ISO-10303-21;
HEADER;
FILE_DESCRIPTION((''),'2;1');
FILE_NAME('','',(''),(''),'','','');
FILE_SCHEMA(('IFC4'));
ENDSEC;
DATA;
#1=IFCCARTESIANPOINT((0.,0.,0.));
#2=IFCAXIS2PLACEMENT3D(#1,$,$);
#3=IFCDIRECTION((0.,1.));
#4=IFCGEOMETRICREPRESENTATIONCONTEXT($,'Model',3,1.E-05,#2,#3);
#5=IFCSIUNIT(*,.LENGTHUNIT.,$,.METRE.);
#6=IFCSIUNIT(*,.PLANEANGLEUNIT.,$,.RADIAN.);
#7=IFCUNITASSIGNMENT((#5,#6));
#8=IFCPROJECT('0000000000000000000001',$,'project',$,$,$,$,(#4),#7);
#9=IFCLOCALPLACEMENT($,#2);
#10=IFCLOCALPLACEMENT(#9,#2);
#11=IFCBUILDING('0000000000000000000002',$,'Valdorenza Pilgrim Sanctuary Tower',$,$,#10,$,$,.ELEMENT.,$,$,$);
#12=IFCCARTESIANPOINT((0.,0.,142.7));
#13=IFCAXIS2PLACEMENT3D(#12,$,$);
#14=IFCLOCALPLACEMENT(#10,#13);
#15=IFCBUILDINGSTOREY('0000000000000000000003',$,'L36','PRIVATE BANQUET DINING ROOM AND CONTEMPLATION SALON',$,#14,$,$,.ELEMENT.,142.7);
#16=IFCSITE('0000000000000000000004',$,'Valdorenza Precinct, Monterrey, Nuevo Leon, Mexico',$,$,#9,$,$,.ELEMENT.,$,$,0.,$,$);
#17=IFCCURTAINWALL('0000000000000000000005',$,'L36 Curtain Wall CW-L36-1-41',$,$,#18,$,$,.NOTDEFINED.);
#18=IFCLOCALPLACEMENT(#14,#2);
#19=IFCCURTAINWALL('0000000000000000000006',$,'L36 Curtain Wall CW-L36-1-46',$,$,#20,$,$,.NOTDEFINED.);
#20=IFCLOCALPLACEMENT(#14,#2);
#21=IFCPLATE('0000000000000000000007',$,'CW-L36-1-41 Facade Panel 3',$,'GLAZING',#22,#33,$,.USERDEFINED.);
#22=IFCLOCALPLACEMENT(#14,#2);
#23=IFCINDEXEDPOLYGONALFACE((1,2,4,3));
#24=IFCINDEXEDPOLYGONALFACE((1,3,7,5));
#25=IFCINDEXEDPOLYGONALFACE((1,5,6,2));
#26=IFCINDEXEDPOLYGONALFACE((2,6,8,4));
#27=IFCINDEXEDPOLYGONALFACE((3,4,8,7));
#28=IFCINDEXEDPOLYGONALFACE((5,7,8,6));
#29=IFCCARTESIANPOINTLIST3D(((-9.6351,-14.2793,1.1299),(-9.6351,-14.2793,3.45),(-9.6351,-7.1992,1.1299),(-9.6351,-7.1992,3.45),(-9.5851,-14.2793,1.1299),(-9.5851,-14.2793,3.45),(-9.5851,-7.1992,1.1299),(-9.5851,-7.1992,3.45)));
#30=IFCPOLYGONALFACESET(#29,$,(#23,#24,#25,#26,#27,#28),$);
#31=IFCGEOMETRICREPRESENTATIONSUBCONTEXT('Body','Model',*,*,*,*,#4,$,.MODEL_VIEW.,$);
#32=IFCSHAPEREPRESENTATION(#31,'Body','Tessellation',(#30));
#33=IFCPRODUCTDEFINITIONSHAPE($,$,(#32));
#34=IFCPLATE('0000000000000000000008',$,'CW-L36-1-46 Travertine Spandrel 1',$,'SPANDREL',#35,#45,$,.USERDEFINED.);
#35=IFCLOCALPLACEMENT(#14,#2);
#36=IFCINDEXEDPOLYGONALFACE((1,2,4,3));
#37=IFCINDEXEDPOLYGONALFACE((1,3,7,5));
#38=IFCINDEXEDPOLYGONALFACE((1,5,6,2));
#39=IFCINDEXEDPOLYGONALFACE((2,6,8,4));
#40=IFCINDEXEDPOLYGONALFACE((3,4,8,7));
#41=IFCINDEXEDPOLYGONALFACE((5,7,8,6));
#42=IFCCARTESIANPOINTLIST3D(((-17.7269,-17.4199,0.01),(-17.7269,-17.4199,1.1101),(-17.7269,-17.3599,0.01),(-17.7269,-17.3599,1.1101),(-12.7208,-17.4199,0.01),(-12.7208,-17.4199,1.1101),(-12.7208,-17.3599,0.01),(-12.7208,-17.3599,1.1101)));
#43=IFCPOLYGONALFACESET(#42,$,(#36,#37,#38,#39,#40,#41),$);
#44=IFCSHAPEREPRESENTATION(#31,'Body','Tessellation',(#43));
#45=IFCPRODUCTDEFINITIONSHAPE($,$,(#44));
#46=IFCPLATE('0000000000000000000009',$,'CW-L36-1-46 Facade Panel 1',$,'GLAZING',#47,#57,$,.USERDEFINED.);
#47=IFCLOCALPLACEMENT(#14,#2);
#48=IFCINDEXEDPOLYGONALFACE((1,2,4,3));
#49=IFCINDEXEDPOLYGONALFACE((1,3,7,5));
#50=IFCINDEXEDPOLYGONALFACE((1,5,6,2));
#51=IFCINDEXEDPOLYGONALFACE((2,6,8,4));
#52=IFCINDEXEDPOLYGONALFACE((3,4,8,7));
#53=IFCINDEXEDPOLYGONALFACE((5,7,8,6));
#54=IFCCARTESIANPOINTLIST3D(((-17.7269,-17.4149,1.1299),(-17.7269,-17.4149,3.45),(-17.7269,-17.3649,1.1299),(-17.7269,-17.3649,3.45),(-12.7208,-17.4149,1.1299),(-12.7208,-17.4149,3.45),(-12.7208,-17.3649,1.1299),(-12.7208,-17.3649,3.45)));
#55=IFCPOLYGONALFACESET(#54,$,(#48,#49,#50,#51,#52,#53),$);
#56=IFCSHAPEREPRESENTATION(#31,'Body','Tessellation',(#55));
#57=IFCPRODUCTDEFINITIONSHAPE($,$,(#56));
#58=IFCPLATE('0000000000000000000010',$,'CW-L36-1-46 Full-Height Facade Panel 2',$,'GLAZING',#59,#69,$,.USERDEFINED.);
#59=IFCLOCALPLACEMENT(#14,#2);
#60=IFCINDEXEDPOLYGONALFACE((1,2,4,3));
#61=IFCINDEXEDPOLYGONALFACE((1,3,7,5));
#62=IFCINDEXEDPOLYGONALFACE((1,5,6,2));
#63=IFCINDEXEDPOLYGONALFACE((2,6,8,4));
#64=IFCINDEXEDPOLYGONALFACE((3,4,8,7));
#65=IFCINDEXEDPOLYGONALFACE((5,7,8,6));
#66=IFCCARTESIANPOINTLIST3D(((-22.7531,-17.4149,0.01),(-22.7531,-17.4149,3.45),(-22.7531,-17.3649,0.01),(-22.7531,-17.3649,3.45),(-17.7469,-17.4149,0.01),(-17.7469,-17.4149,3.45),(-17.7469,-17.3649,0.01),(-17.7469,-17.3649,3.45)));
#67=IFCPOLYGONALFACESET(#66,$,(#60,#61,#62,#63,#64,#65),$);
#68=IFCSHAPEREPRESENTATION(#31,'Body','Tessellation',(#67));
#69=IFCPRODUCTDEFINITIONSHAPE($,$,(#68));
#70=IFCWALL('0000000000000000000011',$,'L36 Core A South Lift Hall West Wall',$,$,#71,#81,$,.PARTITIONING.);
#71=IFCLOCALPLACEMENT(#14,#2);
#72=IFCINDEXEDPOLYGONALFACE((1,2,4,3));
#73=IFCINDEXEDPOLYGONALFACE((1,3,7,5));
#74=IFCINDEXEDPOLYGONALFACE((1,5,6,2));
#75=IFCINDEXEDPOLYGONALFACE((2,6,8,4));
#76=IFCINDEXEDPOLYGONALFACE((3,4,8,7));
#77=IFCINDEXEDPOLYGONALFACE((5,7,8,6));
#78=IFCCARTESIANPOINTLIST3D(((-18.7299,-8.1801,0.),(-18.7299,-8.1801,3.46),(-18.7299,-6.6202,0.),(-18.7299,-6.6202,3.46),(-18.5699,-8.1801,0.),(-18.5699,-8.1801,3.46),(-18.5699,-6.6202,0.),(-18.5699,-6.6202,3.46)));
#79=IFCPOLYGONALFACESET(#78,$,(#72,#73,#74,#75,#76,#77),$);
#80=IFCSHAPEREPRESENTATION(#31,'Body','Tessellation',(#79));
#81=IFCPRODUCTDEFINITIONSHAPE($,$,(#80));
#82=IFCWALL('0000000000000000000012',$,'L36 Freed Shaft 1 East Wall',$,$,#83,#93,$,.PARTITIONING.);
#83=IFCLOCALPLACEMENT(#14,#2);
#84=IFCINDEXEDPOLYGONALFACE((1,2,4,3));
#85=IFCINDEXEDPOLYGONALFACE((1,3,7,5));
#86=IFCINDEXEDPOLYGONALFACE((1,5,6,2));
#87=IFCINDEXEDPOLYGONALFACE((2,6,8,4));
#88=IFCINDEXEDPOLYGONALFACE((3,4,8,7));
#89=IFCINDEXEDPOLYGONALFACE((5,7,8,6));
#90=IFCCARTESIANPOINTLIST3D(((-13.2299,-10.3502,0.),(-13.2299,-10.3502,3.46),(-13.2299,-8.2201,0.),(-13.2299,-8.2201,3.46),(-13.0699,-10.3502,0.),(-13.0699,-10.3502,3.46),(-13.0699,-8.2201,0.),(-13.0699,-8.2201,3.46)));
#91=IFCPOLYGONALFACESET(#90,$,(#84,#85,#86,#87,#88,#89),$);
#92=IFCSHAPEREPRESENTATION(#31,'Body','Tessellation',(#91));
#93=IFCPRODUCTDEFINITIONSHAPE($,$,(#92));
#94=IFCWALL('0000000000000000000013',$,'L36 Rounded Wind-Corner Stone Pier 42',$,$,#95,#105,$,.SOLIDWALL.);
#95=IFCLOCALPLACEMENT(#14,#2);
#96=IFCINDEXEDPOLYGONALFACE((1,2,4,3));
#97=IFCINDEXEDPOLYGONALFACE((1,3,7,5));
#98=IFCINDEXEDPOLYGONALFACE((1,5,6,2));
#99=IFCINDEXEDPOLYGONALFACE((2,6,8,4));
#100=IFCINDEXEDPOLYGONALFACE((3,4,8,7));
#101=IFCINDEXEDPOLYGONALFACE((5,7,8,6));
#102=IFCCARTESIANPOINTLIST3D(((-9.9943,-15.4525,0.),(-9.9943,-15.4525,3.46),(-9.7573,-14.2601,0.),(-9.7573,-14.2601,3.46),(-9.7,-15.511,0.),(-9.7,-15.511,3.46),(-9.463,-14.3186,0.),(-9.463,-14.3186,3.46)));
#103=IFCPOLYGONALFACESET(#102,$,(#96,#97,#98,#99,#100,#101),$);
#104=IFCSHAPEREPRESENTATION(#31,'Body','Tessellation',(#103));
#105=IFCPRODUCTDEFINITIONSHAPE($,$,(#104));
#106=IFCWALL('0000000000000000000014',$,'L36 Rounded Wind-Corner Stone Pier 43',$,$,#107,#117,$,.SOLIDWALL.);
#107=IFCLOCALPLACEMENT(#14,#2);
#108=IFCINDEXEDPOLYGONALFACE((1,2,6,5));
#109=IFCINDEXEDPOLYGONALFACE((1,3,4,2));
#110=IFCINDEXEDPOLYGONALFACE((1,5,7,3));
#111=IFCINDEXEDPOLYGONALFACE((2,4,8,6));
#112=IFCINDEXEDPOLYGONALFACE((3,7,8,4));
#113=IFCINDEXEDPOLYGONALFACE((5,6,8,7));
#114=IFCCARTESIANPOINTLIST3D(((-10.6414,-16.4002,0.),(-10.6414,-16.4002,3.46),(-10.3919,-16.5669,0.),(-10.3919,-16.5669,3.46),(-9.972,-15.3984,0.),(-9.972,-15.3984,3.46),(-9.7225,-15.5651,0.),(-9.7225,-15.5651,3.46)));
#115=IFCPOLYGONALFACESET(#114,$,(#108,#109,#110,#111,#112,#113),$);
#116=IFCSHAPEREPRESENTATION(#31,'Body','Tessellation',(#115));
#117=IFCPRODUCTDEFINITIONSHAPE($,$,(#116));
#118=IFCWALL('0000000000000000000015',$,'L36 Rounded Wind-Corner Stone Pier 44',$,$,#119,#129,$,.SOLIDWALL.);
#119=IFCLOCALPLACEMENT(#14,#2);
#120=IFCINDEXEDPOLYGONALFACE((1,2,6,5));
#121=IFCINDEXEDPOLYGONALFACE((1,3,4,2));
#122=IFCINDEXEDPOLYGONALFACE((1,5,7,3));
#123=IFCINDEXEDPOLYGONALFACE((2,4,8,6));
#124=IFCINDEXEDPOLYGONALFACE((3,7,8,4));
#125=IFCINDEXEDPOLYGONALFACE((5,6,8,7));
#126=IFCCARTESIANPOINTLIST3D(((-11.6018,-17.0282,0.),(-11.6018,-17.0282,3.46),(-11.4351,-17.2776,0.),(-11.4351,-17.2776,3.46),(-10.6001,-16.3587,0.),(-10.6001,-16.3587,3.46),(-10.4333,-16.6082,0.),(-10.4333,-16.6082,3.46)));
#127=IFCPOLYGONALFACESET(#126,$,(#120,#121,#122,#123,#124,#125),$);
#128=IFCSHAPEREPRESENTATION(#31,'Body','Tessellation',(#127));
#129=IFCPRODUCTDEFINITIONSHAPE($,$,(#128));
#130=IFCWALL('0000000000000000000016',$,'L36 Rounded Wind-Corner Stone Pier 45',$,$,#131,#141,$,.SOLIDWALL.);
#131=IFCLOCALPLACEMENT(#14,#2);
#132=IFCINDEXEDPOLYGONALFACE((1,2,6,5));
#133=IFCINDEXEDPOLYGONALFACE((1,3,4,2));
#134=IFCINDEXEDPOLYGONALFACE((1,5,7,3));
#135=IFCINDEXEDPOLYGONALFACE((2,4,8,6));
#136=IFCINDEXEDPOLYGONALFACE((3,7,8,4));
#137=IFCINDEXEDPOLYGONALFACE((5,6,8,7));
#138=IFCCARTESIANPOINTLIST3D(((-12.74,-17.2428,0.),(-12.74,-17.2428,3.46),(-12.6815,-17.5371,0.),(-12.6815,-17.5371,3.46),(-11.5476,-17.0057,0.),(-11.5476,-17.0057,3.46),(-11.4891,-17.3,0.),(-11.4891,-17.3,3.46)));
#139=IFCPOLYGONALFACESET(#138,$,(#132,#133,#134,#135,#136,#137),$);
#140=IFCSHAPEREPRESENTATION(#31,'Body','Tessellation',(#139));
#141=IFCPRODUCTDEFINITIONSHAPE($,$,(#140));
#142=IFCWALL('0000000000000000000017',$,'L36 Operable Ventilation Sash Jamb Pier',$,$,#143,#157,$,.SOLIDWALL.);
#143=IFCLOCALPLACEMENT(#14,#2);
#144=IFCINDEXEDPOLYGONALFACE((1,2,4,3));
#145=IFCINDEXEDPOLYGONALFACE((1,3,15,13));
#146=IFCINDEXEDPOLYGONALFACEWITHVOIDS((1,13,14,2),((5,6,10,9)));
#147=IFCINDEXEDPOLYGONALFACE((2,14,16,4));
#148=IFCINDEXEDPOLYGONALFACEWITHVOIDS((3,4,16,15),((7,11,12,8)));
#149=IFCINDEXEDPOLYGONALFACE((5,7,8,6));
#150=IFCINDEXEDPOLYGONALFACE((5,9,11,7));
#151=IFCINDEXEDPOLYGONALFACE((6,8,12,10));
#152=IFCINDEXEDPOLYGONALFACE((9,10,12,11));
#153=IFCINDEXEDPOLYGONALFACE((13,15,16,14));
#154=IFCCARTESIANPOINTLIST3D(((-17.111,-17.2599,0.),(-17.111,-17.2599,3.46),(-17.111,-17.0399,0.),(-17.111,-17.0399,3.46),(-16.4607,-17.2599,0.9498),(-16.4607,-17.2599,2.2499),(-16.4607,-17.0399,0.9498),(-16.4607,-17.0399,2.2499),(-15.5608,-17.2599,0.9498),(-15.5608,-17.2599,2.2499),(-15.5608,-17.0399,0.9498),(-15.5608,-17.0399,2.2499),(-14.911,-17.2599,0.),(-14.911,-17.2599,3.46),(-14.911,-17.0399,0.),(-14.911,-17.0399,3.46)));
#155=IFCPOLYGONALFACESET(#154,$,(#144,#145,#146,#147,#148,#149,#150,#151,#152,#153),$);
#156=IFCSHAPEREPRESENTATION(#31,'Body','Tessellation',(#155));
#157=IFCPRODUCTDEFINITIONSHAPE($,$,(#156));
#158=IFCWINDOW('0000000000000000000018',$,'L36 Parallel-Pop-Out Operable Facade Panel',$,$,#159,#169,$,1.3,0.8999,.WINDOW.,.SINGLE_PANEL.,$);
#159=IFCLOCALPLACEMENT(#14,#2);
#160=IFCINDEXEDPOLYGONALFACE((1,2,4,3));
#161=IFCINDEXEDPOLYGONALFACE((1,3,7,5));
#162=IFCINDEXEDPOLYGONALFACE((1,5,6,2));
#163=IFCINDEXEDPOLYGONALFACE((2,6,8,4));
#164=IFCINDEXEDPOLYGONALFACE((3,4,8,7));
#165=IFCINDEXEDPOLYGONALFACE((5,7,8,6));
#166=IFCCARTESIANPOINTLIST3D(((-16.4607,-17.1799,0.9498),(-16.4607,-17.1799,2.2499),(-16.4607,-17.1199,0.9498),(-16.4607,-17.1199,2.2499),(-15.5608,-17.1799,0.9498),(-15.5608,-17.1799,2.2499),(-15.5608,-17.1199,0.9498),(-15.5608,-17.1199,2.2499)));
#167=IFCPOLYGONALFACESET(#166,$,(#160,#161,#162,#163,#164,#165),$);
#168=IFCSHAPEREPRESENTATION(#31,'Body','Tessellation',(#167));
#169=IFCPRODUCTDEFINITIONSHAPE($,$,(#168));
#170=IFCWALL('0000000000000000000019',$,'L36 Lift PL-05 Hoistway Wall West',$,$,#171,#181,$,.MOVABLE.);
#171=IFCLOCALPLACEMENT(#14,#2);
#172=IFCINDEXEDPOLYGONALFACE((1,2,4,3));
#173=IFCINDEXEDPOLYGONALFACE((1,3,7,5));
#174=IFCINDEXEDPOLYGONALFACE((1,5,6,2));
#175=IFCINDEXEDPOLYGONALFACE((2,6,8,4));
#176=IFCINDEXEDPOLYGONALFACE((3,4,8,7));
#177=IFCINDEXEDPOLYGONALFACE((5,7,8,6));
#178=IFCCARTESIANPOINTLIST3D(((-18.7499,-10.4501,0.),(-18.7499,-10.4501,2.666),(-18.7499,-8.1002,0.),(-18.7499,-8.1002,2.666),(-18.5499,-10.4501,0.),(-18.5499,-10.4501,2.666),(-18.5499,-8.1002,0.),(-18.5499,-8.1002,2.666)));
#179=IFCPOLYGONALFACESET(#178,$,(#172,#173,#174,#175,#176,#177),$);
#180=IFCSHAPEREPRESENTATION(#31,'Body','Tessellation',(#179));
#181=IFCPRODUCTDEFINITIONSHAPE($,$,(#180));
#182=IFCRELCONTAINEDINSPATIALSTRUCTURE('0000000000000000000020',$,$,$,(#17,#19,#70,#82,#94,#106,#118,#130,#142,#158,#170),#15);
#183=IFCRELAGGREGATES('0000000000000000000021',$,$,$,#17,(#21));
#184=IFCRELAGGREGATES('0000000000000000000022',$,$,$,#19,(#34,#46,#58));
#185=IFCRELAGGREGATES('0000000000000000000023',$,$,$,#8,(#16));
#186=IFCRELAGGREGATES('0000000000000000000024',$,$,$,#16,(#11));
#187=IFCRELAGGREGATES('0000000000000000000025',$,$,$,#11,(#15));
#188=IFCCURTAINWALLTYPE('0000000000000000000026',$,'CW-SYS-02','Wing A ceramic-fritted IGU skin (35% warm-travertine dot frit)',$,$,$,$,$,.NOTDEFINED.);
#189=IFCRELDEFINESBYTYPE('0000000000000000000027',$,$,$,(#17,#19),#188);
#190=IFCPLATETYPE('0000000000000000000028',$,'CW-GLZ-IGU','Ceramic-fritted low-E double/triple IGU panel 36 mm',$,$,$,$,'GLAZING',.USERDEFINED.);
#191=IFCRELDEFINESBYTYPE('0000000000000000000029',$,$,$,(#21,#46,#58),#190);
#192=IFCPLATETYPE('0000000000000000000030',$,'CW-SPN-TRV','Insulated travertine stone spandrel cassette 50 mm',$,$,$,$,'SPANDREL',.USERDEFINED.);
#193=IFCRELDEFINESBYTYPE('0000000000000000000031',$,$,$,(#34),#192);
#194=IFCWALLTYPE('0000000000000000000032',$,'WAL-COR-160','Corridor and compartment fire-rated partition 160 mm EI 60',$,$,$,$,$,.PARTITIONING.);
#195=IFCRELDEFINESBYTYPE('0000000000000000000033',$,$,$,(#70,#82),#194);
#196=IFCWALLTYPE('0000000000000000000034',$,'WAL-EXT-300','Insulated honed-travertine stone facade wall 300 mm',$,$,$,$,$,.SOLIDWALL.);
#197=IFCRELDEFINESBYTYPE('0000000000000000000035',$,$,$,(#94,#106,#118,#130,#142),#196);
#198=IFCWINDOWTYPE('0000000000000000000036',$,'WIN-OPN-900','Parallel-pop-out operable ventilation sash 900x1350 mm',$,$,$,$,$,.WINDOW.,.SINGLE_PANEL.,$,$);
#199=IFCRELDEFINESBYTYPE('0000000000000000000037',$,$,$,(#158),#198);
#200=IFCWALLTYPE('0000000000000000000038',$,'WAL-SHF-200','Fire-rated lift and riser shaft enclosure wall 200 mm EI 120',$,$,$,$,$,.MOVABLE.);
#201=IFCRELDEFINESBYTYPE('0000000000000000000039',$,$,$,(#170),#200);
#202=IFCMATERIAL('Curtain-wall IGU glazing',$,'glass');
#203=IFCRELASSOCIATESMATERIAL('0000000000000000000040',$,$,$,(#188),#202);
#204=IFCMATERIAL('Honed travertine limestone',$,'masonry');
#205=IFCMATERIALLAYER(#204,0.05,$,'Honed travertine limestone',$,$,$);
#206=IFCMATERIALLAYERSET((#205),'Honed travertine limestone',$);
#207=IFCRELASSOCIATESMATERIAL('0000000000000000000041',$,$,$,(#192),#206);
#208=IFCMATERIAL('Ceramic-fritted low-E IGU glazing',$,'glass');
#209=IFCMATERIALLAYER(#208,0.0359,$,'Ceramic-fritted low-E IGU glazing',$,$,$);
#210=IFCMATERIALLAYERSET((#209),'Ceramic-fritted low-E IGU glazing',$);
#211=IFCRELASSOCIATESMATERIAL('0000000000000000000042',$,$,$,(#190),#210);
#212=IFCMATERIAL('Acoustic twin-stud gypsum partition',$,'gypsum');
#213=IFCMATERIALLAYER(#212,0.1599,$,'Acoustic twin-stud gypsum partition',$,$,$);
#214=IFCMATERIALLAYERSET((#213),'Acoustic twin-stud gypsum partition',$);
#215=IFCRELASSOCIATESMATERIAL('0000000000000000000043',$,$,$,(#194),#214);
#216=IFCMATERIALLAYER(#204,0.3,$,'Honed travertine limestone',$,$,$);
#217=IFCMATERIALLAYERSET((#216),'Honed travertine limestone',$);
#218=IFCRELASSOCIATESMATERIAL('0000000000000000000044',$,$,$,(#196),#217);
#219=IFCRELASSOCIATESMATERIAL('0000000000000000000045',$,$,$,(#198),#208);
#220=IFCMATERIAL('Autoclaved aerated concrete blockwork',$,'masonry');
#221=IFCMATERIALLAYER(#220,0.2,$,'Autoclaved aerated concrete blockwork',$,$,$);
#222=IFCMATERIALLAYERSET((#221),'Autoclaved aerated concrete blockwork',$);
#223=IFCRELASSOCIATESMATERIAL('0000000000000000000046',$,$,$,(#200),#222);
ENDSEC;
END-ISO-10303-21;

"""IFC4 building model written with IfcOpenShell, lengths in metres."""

from ifc_helpers import new_model, si_unit, direction, frame, frame_2d, origin, origin_2d, place, context, subcontext, project, spatial, rectangle, extrude, source, transform, mapped, material, layer, layer_set, type_object, element, fill, aggregate, save


model = new_model("IFC4")

# Units and contexts
model_context = context("Model", 3, precision=1e-05, world=origin(), true_north=direction((0.0, 1.0)))
body_context = subcontext(model_context, "Body", "Model", "MODEL_VIEW")
ifc_project = project(units=[si_unit("LENGTHUNIT", "METRE"), si_unit("PLANEANGLEUNIT", "RADIAN")], contexts=[model_context])

# Site, building, storey
site_placement = place(None, origin())
site = spatial("IfcSite", under=ifc_project, at=site_placement, Name="Valdorenza Precinct, Monterrey, Nuevo Leon, Mexico", CompositionType="ELEMENT", RefElevation=0.0)
building_placement = place(site_placement, origin())
building = spatial("IfcBuilding", under=site, at=building_placement, Name="Valdorenza Pilgrim Sanctuary Tower", CompositionType="ELEMENT")
storey_placement = place(building_placement, frame((0.0, 0.0, 142.7)))
storey = spatial("IfcBuildingStorey", under=building, at=storey_placement, Name="L36", Description="PRIVATE BANQUET DINING ROOM AND CONTEMPLATION SALON", CompositionType="ELEMENT", Elevation=142.7)

# Curtain wall
ifc_material_1 = material(Name="Curtain-wall IGU glazing", Category="glass")
curtain_wall_type = type_object("IfcCurtainWallType", Name="CW-SYS-02", Description="Wing A ceramic-fritted IGU skin (35% warm-travertine dot frit)", PredefinedType="NOTDEFINED", material=ifc_material_1)
curtain_wall_1_placement = place(storey_placement, origin())
curtain_wall_1 = element("IfcCurtainWall", 1, at=curtain_wall_1_placement, inside=storey, type_object=curtain_wall_type, Name="L36 Curtain Wall CW-L36-1-41", PredefinedType="NOTDEFINED")

# Curtain wall
curtain_wall_2_placement = place(storey_placement, origin())
curtain_wall_2 = element("IfcCurtainWall", 2, at=curtain_wall_2_placement, inside=storey, type_object=curtain_wall_type, Name="L36 Curtain Wall CW-L36-1-46", PredefinedType="NOTDEFINED")

# Plates
ifc_material_2 = material(Name="Honed travertine limestone", Category="masonry")
ifc_layer_1 = layer(ifc_material_2, 0.05, Name="Honed travertine limestone")
ifc_layer_set_1 = layer_set([ifc_layer_1], Name="Honed travertine limestone")
plate_type_1 = type_object("IfcPlateType", Name="CW-SPN-TRV", Description="Insulated travertine stone spandrel cassette 50 mm", ElementType="SPANDREL", PredefinedType="USERDEFINED", material=ifc_layer_set_1)
ifc_material_3 = material(Name="Ceramic-fritted low-E IGU glazing", Category="glass")
ifc_layer_2 = layer(ifc_material_3, 0.0359, Name="Ceramic-fritted low-E IGU glazing")
ifc_layer_set_2 = layer_set([ifc_layer_2], Name="Ceramic-fritted low-E IGU glazing")
plate_type_2 = type_object("IfcPlateType", Name="CW-GLZ-IGU", Description="Ceramic-fritted low-E double/triple IGU panel 36 mm", ElementType="GLAZING", PredefinedType="USERDEFINED", material=ifc_layer_set_2)
shared_shape_1 = source(origin(), body_context, "Body", "SweptSolid", [
    extrude(rectangle(XDim=7.0801, YDim=0.05, at=origin_2d()), origin(), (0.0, 0.0, 1.0), 2.3201),
])
plate_1_placement = place(storey_placement, frame((-9.6101, -10.7393, 1.1299), z_axis=(0.0, 0.0, 1.0), x_axis=(0.0, -1.0, 0.0)))
plate_1 = element("IfcPlate", 3, at=plate_1_placement, type_object=plate_type_2, Name="CW-L36-1-41 Facade Panel 3", ObjectType="GLAZING", PredefinedType="USERDEFINED", context=body_context, shape_type="MappedRepresentation", body=[
    mapped(shared_shape_1, transform((0.0, 0.0, 0.0), x_axis=(1.0, 0.0, 0.0), y_axis=(0.0, 1.0, 0.0), z_axis=(0.0, 0.0, 1.0), scale=1.0)),
])
aggregate(curtain_wall_1, [plate_1])
shared_shape_2 = source(origin(), body_context, "Body", "SweptSolid", [
    extrude(rectangle(XDim=5.0061, YDim=0.0601, at=origin_2d()), origin(), (0.0, 0.0, 1.0), 1.1001),
])
plate_2_placement = place(storey_placement, frame((-15.2239, -17.3899, 0.01), z_axis=(0.0, 0.0, 1.0), x_axis=(-1.0, 0.0, 0.0)))
plate_2 = element("IfcPlate", 4, at=plate_2_placement, type_object=plate_type_1, Name="CW-L36-1-46 Travertine Spandrel 1", ObjectType="SPANDREL", PredefinedType="USERDEFINED", context=body_context, shape_type="MappedRepresentation", body=[
    mapped(shared_shape_2, transform((0.0, 0.0, 0.0), x_axis=(1.0, 0.0, 0.0), y_axis=(0.0, 1.0, 0.0), z_axis=(0.0, 0.0, 1.0), scale=1.0)),
])
shared_shape_3 = source(origin(), body_context, "Body", "SweptSolid", [
    extrude(rectangle(XDim=5.0061, YDim=0.05, at=origin_2d()), origin(), (0.0, 0.0, 1.0), 2.3201),
])
plate_3_placement = place(storey_placement, frame((-15.2239, -17.3899, 1.1299), z_axis=(0.0, 0.0, 1.0), x_axis=(-1.0, 0.0, 0.0)))
plate_3 = element("IfcPlate", 5, at=plate_3_placement, type_object=plate_type_2, Name="CW-L36-1-46 Facade Panel 1", ObjectType="GLAZING", PredefinedType="USERDEFINED", context=body_context, shape_type="MappedRepresentation", body=[
    mapped(shared_shape_3, transform((0.0, 0.0, 0.0), x_axis=(1.0, 0.0, 0.0), y_axis=(0.0, 1.0, 0.0), z_axis=(0.0, 0.0, 1.0), scale=1.0)),
])
shared_shape_4 = source(origin(), body_context, "Body", "SweptSolid", [
    extrude(rectangle(XDim=5.0061, YDim=0.05, at=origin_2d()), origin(), (0.0, 0.0, 1.0), 3.4399),
])
plate_4_placement = place(storey_placement, frame((-20.25, -17.3899, 0.01), z_axis=(0.0, 0.0, 1.0), x_axis=(-1.0, 0.0, 0.0)))
plate_4 = element("IfcPlate", 6, at=plate_4_placement, type_object=plate_type_2, Name="CW-L36-1-46 Full-Height Facade Panel 2", ObjectType="GLAZING", PredefinedType="USERDEFINED", context=body_context, shape_type="MappedRepresentation", body=[
    mapped(shared_shape_4, transform((0.0, 0.0, 0.0), x_axis=(1.0, 0.0, 0.0), y_axis=(0.0, 1.0, 0.0), z_axis=(0.0, 0.0, 1.0), scale=1.0)),
])
aggregate(curtain_wall_2, [plate_2, plate_3, plate_4])

# Wall
ifc_material_4 = material(Name="Acoustic twin-stud gypsum partition", Category="gypsum")
ifc_layer_3 = layer(ifc_material_4, 0.1599, Name="Acoustic twin-stud gypsum partition")
ifc_layer_set_3 = layer_set([ifc_layer_3], Name="Acoustic twin-stud gypsum partition")
wall_type_1 = type_object("IfcWallType", Name="WAL-COR-160", Description="Corridor and compartment fire-rated partition 160 mm EI 60", PredefinedType="PARTITIONING", material=ifc_layer_set_3)
wall_1_placement = place(storey_placement, frame((-18.6499, -8.1799, 0.0), z_axis=(0.0, 0.0, 1.0), x_axis=(0.0, 1.0, 0.0)))
element("IfcWall", 7, at=wall_1_placement, inside=storey, type_object=wall_type_1, Name="L36 Core A South Lift Hall West Wall", PredefinedType="PARTITIONING", context=body_context, shape_type="SweptSolid", body=[
    extrude(rectangle(XDim=1.5598, YDim=0.1599, at=frame_2d((0.7798, 0.0))), origin(), (0.0, 0.0, 1.0), 3.46),
])

# Walls
wall_2_placement = place(storey_placement, frame((-13.1499, -10.3501, 0.0), z_axis=(0.0, 0.0, 1.0), x_axis=(0.0, 1.0, 0.0)))
element("IfcWall", 8, at=wall_2_placement, inside=storey, type_object=wall_type_1, Name="L36 Freed Shaft 1 East Wall", PredefinedType="PARTITIONING", context=body_context, shape_type="SweptSolid", body=[
    extrude(rectangle(XDim=2.1301, YDim=0.1599, at=frame_2d((1.0649, 0.0))), origin(), (0.0, 0.0, 1.0), 3.46),
])
ifc_layer_4 = layer(ifc_material_2, 0.3, Name="Honed travertine limestone")
ifc_layer_set_4 = layer_set([ifc_layer_4], Name="Honed travertine limestone")
wall_type_2 = type_object("IfcWallType", Name="WAL-EXT-300", Description="Insulated honed-travertine stone facade wall 300 mm", PredefinedType="SOLIDWALL", material=ifc_layer_set_4)
wall_3_placement = place(storey_placement, frame((-9.6101, -14.2893, 0.0), z_axis=(0.0, 0.0, 1.0), x_axis=(-0.194996, -0.980804, 0.0)))
element("IfcWall", 9, at=wall_3_placement, inside=storey, type_object=wall_type_2, Name="L36 Rounded Wind-Corner Stone Pier 42", PredefinedType="SOLIDWALL", context=body_context, shape_type="SweptSolid", body=[
    extrude(rectangle(XDim=1.2158, YDim=0.3, at=frame_2d((0.6079, 0.0))), origin(), (0.0, 0.0, 1.0), 3.46),
])
for number, where, z_axis, x_axis, name in (
    (10, (-9.8472, -15.4817, 0.0), (0.0, 0.0, 1.0), (-0.555635, -0.831426, 0.0), "L36 Rounded Wind-Corner Stone Pier 43"),
    (11, (-10.5166, -16.4834, 0.0), (0.0, 0.0, 1.0), (-0.831426, -0.555635, 0.0), "L36 Rounded Wind-Corner Stone Pier 44"),
):
    element("IfcWall", number, at=place(storey_placement, frame(where, z_axis=z_axis, x_axis=x_axis)), inside=storey, type_object=wall_type_2, Name=name, PredefinedType="SOLIDWALL", context=body_context, shape_type="SweptSolid", body=[
        extrude(rectangle(XDim=1.2048, YDim=0.3, at=frame_2d((0.6025, 0.0))), origin(), (0.0, 0.0, 1.0), 3.46),
    ])
wall_4_placement = place(storey_placement, frame((-11.5183, -17.1528, 0.0), z_axis=(0.0, 0.0, 1.0), x_axis=(-0.980804, -0.194996, 0.0)))
element("IfcWall", 12, at=wall_4_placement, inside=storey, type_object=wall_type_2, Name="L36 Rounded Wind-Corner Stone Pier 45", PredefinedType="SOLIDWALL", context=body_context, shape_type="SweptSolid", body=[
    extrude(rectangle(XDim=1.2158, YDim=0.3, at=frame_2d((0.6079, 0.0))), origin(), (0.0, 0.0, 1.0), 3.46),
])

# Wall, opening, window
wall_5_placement = place(storey_placement, frame((-14.9109, -17.1499, 0.0), z_axis=(0.0, 0.0, 1.0), x_axis=(-1.0, 0.0, 0.0)))
wall_5 = element("IfcWall", 13, at=wall_5_placement, inside=storey, type_object=wall_type_2, Name="L36 Operable Ventilation Sash Jamb Pier", PredefinedType="SOLIDWALL", context=body_context, shape_type="SweptSolid", body=[
    extrude(rectangle(XDim=2.2, YDim=0.22, at=frame_2d((1.1001, 0.0))), origin(), (0.0, 0.0, 1.0), 3.46),
])
opening_1_placement = place(wall_5_placement, frame((0.6499, 0.0, 0.95)))
opening_1 = element("IfcOpeningElement", 14, at=opening_1_placement, cuts=wall_5, PredefinedType="OPENING", context=body_context, shape_type="SweptSolid", body=[
    extrude(rectangle(XDim=0.8999, YDim=1.3, at=frame_2d((0.45, 0.6499))), frame((0.0, 0.125, 0.0), z_axis=(0.0, -1.0, 0.0), x_axis=(1.0, 0.0, 0.0)), (0.0, 0.0, 1.0), 0.2498),
])
window_type = type_object("IfcWindowType", Name="WIN-OPN-900", Description="Parallel-pop-out operable ventilation sash 900x1350 mm", PartitioningType="SINGLE_PANEL", PredefinedType="WINDOW", material=ifc_material_3)
window_placement = place(opening_1_placement, origin())
window = element("IfcWindow", 15, at=window_placement, inside=storey, type_object=window_type, Name="L36 Parallel-Pop-Out Operable Facade Panel", OverallHeight=1.3, OverallWidth=0.8999, PartitioningType="SINGLE_PANEL", PredefinedType="WINDOW", context=body_context, shape_type="SweptSolid", body=[
    extrude(rectangle(XDim=0.8999, YDim=1.3, at=frame_2d((0.45, 0.6499))), frame((0.0, 0.03, 0.0), z_axis=(0.0, -1.0, 0.0), x_axis=(1.0, 0.0, 0.0)), (0.0, 0.0, 1.0), 0.0601),
])
fill(opening_1, window)

# Wall
ifc_material_5 = material(Name="Autoclaved aerated concrete blockwork", Category="masonry")
ifc_layer_5 = layer(ifc_material_5, 0.2, Name="Autoclaved aerated concrete blockwork")
ifc_layer_set_5 = layer_set([ifc_layer_5], Name="Autoclaved aerated concrete blockwork")
wall_type_3 = type_object("IfcWallType", Name="WAL-SHF-200", Description="Fire-rated lift and riser shaft enclosure wall 200 mm EI 120", PredefinedType="MOVABLE", material=ifc_layer_set_5)
for number, where, z_axis, x_axis, name in (
    (16, (-18.6499, -10.45, 0.0), (0.0, 0.0, 1.0), (0.0, 1.0, 0.0), "L36 Lift PL-05 Hoistway Wall West"),
):
    element("IfcWall", number, at=place(storey_placement, frame(where, z_axis=z_axis, x_axis=x_axis)), inside=storey, type_object=wall_type_3, Name=name, PredefinedType="MOVABLE", context=body_context, shape_type="SweptSolid", body=[
        extrude(rectangle(XDim=2.3499, YDim=0.2, at=frame_2d((1.1748, 0.0))), origin(), (0.0, 0.0, 1.0), 2.666),
    ])

save(model, "model.ifc")
